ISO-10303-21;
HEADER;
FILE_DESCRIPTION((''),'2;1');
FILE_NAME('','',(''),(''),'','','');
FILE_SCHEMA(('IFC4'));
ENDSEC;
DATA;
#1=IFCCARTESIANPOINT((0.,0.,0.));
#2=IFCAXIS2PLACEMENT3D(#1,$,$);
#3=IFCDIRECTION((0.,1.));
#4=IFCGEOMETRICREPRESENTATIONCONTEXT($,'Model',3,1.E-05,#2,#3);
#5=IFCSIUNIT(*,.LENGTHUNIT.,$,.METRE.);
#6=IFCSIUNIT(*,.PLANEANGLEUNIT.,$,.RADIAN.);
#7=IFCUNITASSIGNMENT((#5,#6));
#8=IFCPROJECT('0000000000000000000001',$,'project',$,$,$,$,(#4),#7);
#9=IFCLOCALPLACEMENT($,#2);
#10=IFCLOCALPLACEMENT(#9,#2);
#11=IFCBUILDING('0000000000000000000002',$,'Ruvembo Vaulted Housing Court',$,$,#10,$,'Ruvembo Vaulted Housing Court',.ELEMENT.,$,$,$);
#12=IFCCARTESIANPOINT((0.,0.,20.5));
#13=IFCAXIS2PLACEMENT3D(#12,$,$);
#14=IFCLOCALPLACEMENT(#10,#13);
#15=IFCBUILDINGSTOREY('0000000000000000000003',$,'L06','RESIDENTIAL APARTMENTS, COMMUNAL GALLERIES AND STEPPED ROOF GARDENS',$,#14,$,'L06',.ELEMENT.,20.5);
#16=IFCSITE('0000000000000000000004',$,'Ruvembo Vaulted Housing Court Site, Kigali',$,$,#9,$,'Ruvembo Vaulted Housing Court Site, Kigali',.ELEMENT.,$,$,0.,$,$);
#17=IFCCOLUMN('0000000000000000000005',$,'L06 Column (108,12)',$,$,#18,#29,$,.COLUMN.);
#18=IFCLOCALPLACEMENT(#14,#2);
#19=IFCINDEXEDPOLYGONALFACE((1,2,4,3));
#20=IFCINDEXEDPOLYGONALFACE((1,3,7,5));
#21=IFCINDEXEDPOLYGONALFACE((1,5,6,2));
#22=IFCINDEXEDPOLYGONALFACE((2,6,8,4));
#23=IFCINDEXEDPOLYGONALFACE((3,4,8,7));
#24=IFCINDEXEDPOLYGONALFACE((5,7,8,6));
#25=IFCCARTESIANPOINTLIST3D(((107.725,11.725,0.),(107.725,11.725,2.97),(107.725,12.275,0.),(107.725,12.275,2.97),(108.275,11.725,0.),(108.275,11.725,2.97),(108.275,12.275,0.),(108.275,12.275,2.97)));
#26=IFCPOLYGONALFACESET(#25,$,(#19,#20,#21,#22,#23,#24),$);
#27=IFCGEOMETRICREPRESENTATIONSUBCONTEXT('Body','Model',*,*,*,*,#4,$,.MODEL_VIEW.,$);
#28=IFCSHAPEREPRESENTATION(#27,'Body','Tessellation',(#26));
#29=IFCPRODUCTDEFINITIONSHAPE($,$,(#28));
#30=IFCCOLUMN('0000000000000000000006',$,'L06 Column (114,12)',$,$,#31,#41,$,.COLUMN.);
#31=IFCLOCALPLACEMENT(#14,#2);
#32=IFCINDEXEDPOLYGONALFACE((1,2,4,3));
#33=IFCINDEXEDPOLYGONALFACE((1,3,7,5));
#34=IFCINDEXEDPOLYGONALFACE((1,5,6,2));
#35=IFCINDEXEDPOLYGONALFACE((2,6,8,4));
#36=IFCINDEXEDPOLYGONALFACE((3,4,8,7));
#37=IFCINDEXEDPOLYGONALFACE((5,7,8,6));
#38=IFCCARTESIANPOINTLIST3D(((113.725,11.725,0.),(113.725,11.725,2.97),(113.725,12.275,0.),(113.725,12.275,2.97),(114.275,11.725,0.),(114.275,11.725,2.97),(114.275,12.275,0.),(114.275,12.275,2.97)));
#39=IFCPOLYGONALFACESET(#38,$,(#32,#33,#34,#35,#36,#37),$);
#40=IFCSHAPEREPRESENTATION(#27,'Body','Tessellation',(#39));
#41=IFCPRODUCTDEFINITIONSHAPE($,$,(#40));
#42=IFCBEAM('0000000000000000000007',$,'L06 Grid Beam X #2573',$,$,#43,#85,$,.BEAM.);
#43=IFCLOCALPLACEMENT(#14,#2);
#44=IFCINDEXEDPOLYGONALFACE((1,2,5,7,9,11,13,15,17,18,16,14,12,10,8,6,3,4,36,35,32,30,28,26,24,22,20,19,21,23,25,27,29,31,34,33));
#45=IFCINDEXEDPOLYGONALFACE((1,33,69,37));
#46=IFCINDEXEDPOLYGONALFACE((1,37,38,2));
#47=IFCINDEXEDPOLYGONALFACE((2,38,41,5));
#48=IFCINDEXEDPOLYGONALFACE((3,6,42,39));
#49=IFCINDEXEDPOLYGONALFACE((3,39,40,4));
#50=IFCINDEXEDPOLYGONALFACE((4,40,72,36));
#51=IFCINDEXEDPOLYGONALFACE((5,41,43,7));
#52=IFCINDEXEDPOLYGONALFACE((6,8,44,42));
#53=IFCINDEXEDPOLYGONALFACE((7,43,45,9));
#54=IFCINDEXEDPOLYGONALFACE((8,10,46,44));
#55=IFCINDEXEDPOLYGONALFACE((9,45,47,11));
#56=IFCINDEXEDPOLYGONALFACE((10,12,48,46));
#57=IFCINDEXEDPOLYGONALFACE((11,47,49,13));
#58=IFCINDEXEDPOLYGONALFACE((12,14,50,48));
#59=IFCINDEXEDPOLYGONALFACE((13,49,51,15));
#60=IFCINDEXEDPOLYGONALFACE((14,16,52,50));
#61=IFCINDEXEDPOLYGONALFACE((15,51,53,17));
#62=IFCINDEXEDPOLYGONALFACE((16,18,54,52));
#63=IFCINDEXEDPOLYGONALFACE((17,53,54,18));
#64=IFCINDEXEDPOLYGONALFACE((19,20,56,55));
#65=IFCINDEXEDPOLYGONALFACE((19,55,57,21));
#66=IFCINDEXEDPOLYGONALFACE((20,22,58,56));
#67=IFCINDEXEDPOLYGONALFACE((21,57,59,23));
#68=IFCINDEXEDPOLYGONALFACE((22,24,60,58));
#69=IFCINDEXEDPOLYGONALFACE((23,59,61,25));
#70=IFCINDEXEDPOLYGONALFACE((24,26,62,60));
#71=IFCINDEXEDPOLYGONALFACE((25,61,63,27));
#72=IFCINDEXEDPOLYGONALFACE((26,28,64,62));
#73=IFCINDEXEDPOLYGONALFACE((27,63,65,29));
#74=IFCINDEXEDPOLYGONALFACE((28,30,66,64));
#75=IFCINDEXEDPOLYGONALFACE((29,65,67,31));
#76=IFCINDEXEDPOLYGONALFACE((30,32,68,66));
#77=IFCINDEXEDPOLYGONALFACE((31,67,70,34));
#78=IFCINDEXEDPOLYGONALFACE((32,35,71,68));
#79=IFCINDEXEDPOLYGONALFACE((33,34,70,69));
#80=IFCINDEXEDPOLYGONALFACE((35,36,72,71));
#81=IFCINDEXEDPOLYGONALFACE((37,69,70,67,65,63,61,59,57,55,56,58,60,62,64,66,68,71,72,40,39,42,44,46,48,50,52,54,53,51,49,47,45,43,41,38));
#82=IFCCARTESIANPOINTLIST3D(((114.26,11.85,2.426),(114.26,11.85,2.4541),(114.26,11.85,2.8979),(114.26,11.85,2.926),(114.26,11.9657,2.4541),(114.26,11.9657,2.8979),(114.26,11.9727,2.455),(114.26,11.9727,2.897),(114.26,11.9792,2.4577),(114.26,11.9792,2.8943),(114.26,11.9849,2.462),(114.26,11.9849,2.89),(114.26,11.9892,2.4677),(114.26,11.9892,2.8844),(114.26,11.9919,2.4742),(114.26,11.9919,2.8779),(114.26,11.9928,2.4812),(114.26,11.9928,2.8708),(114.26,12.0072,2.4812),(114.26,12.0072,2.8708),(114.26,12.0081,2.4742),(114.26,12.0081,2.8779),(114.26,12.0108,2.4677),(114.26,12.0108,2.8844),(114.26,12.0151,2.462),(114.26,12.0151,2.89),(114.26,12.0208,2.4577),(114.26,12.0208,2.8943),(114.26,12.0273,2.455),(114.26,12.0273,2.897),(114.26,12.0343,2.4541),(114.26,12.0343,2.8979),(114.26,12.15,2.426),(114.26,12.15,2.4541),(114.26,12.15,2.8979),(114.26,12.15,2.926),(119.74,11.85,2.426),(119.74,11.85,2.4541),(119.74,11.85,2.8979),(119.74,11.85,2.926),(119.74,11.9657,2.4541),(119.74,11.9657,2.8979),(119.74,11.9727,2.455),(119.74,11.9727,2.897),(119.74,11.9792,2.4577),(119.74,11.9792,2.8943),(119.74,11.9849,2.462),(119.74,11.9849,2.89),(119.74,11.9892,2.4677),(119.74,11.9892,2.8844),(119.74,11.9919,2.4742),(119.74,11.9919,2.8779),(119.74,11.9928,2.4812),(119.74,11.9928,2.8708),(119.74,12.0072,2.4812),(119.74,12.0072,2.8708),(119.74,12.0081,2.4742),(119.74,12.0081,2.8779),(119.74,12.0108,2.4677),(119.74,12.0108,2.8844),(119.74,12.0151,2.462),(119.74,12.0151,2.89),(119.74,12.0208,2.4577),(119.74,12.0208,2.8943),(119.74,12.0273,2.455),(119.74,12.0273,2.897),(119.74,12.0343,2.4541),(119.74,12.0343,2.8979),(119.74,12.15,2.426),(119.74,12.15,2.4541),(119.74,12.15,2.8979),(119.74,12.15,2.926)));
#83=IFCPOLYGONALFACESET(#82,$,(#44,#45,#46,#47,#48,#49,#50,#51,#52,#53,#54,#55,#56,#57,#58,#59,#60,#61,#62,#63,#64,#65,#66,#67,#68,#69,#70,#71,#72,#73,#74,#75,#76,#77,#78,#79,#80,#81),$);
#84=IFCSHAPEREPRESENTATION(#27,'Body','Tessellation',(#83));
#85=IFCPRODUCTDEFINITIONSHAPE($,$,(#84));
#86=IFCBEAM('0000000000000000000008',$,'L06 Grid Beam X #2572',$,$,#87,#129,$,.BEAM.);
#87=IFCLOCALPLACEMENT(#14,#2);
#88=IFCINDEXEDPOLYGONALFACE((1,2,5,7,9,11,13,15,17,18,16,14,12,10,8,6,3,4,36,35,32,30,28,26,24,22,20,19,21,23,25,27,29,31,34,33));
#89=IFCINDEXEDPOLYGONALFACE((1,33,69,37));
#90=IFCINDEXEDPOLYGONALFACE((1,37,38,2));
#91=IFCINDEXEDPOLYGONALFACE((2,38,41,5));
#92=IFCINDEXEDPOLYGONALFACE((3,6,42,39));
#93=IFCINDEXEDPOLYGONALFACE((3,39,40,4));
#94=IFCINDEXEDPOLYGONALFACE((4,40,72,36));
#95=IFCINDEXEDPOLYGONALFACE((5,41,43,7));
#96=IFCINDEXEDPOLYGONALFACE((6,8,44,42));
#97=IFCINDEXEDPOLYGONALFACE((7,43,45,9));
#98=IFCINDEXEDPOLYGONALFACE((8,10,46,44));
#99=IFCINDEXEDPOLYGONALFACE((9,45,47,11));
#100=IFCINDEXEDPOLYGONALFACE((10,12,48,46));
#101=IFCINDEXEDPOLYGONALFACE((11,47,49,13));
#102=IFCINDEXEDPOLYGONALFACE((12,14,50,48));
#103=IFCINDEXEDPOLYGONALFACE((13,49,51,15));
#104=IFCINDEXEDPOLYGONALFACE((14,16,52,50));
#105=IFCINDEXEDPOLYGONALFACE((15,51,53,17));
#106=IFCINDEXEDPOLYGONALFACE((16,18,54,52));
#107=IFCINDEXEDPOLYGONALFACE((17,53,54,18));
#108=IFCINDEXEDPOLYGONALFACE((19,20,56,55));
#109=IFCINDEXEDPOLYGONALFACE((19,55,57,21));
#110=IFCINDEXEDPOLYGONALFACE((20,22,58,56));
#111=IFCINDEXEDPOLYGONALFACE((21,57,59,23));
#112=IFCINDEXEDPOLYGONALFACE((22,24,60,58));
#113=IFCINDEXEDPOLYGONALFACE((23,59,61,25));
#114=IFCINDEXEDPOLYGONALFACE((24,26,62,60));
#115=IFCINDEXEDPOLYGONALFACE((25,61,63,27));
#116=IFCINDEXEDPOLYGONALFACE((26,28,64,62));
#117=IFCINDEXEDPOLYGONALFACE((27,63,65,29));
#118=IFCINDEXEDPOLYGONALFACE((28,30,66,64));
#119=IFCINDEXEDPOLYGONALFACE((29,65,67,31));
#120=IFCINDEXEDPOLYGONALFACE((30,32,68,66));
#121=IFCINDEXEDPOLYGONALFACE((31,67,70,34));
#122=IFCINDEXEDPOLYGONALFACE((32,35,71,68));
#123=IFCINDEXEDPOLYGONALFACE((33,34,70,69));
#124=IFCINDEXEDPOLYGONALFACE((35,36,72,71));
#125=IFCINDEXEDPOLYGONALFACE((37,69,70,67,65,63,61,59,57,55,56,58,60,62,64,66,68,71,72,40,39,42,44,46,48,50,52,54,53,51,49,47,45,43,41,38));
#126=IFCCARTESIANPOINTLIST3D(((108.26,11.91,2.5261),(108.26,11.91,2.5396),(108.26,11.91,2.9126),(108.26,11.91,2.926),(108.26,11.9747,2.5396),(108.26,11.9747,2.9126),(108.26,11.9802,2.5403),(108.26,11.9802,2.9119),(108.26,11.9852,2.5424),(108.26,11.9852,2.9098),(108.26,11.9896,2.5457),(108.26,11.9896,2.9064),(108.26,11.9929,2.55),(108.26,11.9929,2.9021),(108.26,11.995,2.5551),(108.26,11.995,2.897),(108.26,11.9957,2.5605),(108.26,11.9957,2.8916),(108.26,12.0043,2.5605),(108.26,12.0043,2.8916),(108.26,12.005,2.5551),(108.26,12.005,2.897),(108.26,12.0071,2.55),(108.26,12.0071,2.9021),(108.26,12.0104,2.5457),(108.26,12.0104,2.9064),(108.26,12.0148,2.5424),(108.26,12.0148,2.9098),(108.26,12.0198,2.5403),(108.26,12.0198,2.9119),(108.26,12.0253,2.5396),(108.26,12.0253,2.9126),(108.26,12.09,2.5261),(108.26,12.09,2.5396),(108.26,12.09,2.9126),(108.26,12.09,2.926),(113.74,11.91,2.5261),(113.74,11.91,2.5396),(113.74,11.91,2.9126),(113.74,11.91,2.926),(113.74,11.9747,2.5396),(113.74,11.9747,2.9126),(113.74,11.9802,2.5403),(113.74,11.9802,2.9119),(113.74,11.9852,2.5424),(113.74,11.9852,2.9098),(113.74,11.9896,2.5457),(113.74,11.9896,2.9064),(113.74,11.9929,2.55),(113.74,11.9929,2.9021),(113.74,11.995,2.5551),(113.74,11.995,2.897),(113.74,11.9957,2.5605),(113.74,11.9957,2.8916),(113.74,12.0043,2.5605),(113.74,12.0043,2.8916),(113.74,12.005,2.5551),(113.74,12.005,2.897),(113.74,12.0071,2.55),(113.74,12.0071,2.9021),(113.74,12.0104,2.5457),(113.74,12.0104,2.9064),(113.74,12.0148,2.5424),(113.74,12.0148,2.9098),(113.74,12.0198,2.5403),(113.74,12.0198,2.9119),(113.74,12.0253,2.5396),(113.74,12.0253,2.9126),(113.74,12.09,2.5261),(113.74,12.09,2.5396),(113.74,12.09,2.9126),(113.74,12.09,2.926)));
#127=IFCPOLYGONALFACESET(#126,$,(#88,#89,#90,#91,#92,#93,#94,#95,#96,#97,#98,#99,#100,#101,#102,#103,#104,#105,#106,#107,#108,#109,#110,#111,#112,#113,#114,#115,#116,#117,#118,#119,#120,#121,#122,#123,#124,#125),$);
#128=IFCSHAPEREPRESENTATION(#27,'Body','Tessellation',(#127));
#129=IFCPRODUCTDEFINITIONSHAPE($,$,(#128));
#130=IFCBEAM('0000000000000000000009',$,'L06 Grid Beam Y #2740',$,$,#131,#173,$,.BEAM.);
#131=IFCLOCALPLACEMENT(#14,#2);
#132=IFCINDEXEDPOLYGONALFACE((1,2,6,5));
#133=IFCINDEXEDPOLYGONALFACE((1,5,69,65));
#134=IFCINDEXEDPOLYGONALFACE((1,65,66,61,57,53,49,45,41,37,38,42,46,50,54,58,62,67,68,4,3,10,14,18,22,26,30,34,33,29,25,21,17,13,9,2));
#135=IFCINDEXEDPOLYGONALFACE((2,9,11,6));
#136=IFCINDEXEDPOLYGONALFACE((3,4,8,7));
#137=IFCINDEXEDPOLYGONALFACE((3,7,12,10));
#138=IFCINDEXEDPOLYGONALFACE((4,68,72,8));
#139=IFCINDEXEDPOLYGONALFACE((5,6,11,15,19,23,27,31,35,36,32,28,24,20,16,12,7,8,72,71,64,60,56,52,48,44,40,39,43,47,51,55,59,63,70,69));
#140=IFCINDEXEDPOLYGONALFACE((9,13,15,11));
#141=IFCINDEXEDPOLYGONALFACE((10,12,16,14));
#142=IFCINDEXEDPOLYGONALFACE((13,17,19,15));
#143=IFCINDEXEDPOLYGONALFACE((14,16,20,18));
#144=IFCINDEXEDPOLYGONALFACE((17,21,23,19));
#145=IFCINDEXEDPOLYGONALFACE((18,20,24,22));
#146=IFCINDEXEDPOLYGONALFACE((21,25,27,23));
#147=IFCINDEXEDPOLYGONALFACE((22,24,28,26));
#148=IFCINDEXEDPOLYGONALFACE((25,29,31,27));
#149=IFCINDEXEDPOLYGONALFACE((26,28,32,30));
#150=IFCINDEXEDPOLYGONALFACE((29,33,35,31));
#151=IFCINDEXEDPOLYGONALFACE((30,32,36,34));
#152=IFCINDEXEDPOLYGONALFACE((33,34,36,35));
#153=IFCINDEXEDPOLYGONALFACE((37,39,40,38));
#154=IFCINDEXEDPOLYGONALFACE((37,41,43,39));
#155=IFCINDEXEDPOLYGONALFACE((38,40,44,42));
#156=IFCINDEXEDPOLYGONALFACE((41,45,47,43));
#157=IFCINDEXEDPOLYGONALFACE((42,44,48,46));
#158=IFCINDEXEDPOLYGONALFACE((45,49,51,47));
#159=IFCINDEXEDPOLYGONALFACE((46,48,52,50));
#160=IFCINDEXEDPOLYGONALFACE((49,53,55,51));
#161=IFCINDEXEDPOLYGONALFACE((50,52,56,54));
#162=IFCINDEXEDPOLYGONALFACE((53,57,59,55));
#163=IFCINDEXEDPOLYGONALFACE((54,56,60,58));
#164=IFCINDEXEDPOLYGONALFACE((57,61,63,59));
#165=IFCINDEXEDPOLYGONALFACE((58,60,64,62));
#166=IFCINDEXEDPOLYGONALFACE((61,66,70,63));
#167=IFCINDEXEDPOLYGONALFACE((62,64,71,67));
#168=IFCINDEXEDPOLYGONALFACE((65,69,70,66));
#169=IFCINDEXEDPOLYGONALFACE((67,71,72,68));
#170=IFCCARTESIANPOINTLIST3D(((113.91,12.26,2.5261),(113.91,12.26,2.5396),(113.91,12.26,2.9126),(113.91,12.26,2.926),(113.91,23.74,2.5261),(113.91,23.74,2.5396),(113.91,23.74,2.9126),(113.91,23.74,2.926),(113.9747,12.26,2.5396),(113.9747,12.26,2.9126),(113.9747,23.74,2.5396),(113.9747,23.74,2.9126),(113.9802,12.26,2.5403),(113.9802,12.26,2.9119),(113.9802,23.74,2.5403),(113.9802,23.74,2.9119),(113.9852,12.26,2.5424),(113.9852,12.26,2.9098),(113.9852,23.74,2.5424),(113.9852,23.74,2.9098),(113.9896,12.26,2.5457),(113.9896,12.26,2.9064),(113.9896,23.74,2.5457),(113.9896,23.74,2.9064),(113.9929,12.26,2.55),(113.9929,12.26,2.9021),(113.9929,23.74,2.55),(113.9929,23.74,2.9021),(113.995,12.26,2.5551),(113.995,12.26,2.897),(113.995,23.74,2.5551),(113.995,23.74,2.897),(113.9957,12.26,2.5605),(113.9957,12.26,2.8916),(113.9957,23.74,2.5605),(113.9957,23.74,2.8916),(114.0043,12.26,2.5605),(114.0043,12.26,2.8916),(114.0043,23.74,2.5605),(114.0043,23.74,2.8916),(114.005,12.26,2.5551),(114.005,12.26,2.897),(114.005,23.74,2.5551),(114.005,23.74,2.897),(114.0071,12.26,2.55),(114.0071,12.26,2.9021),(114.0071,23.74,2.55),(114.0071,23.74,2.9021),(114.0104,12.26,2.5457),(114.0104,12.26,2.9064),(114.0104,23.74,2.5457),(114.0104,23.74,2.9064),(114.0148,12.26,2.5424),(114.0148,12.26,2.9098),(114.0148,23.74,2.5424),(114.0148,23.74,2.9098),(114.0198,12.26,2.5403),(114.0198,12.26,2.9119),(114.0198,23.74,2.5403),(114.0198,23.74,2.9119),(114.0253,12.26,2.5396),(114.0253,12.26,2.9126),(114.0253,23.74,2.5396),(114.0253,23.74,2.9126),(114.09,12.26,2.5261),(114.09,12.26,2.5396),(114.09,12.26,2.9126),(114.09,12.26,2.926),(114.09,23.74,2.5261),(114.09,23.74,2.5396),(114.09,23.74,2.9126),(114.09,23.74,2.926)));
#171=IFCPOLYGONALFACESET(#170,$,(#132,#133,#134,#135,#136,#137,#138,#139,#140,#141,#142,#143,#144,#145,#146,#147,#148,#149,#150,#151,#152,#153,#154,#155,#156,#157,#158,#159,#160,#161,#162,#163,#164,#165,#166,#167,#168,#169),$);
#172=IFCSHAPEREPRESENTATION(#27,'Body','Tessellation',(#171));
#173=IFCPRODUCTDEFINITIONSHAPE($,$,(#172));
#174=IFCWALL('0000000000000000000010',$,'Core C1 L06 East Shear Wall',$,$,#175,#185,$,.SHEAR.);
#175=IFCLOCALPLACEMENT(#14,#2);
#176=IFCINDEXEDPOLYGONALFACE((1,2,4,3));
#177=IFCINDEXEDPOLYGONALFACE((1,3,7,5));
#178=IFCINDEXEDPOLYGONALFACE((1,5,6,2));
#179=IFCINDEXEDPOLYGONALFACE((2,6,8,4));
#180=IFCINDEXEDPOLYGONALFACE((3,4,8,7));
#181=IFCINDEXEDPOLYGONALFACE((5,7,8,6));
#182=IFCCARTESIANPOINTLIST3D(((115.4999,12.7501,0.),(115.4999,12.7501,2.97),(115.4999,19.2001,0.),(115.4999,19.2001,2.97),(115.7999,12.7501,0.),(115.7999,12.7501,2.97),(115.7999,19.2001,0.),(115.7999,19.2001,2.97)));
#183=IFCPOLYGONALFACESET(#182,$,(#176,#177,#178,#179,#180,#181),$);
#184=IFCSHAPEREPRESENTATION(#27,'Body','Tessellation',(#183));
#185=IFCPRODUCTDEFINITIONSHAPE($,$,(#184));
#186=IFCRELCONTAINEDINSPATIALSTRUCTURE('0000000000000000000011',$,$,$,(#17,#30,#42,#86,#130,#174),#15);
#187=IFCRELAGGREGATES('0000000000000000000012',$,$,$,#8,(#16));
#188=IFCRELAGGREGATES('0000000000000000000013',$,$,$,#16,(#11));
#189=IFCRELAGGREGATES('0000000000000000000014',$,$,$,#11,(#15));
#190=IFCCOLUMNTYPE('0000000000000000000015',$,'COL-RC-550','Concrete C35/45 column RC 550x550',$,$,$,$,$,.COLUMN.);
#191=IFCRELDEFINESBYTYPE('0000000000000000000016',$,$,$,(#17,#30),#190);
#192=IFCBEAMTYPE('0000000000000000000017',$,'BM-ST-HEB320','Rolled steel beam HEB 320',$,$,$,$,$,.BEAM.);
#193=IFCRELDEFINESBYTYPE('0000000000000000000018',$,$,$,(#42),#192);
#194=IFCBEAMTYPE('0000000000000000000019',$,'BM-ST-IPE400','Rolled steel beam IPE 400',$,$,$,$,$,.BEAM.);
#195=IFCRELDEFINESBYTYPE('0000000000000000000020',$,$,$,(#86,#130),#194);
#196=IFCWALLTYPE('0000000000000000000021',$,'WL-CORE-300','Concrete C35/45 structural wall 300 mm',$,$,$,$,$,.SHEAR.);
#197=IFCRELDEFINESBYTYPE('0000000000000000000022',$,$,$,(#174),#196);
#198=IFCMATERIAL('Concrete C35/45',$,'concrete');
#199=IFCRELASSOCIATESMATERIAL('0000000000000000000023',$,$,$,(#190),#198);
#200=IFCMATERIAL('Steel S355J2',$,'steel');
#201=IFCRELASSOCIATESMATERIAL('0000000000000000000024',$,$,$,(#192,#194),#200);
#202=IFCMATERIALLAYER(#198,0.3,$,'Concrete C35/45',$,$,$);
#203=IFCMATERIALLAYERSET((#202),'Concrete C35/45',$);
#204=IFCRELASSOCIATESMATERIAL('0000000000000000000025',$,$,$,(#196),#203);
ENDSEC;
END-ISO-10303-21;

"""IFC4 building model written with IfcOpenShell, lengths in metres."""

from ifc_helpers import new_model, si_unit, direction, frame, frame_2d, origin, origin_2d, place, context, subcontext, project, spatial, rectangle, i_section, extrude, material, layer, layer_set, material_profile, profile_set, type_object, element, save


model = new_model("IFC4")

# Units and contexts
model_context = context("Model", 3, precision=1e-05, world=origin(), true_north=direction((0.0, 1.0)))
body_context = subcontext(model_context, "Body", "Model", "MODEL_VIEW")
ifc_project = project(units=[si_unit("LENGTHUNIT", "METRE"), si_unit("PLANEANGLEUNIT", "RADIAN")], contexts=[model_context])

# Site, building, storey
site_placement = place(None, origin())
site = spatial("IfcSite", under=ifc_project, at=site_placement, Name="Ruvembo Vaulted Housing Court Site, Kigali", LongName="Ruvembo Vaulted Housing Court Site, Kigali", CompositionType="ELEMENT", RefElevation=0.0)
building_placement = place(site_placement, origin())
building = spatial("IfcBuilding", under=site, at=building_placement, Name="Ruvembo Vaulted Housing Court", LongName="Ruvembo Vaulted Housing Court", CompositionType="ELEMENT")
storey_placement = place(building_placement, frame((0.0, 0.0, 20.5)))
storey = spatial("IfcBuildingStorey", under=building, at=storey_placement, Name="L06", Description="RESIDENTIAL APARTMENTS, COMMUNAL GALLERIES AND STEPPED ROOF GARDENS", LongName="L06", CompositionType="ELEMENT", Elevation=20.5)

# Columns
ifc_material_1 = material(Name="Concrete C35/45", Category="concrete")
ifc_material_profile_1 = material_profile(ifc_material_1, rectangle(XDim=0.55, YDim=0.55, at=origin_2d()), Name="RC 550x550")
ifc_profile_set_1 = profile_set([ifc_material_profile_1], Name="Concrete C35/45")
column_type = type_object("IfcColumnType", Name="COL-RC-550", Description="Concrete C35/45 column RC 550x550", PredefinedType="COLUMN", material=ifc_profile_set_1)
for number, where, z_axis, x_axis, name in (
    (1, (108.0, 12.0, 0.0), (0.0, 0.0, 1.0), (1.0, 0.0, 0.0), "L06 Column (108,12)"),
    (2, (114.0, 12.0, 0.0), (0.0, 0.0, 1.0), (1.0, 0.0, 0.0), "L06 Column (114,12)"),
):
    element("IfcColumn", number, at=place(storey_placement, frame(where, z_axis=z_axis, x_axis=x_axis)), inside=storey, type_object=column_type, Name=name, PredefinedType="COLUMN", context=body_context, shape_type="SweptSolid", body=[
        extrude(rectangle(XDim=0.55, YDim=0.55, at=origin_2d()), origin(), (0.0, 0.0, 1.0), 2.97),
    ])

# Beams
ifc_material_2 = material(Name="Steel S355J2", Category="steel")
ifc_material_profile_2 = material_profile(ifc_material_2, i_section(OverallWidth=0.3, OverallDepth=0.5, WebThickness=0.0144, FlangeThickness=0.0281, FilletRadius=0.0271, at=origin_2d()), Name="HEB 320")
ifc_profile_set_2 = profile_set([ifc_material_profile_2], Name="Steel S355J2")
beam_type_1 = type_object("IfcBeamType", Name="BM-ST-HEB320", Description="Rolled steel beam HEB 320", PredefinedType="BEAM", material=ifc_profile_set_2)
beam_1_placement = place(storey_placement, frame((114.26, 12.0, 2.676), z_axis=(1.0, 0.0, 0.0), x_axis=(0.0, 1.0, 0.0)))
element("IfcBeam", 3, at=beam_1_placement, inside=storey, type_object=beam_type_1, Name="L06 Grid Beam X #2573", PredefinedType="BEAM", context=body_context, shape_type="SweptSolid", body=[
    extrude(i_section(OverallWidth=0.3, OverallDepth=0.5, WebThickness=0.0144, FlangeThickness=0.0281, FilletRadius=0.0271, at=origin_2d()), origin(), (0.0, 0.0, 1.0), 5.48),
])
ifc_material_profile_3 = material_profile(ifc_material_2, i_section(OverallWidth=0.1799, OverallDepth=0.3999, WebThickness=0.0085, FlangeThickness=0.0134, FilletRadius=0.021, at=origin_2d()), Name="IPE 400")
ifc_profile_set_3 = profile_set([ifc_material_profile_3], Name="Steel S355J2")
beam_type_2 = type_object("IfcBeamType", Name="BM-ST-IPE400", Description="Rolled steel beam IPE 400", PredefinedType="BEAM", material=ifc_profile_set_3)
beam_2_placement = place(storey_placement, frame((108.26, 12.0, 2.7261), z_axis=(1.0, 0.0, 0.0), x_axis=(0.0, 1.0, 0.0)))
element("IfcBeam", 4, at=beam_2_placement, inside=storey, type_object=beam_type_2, Name="L06 Grid Beam X #2572", PredefinedType="BEAM", context=body_context, shape_type="SweptSolid", body=[
    extrude(i_section(OverallWidth=0.1799, OverallDepth=0.3999, WebThickness=0.0085, FlangeThickness=0.0134, FilletRadius=0.021, at=origin_2d()), origin(), (0.0, 0.0, 1.0), 5.48),
])
beam_3_placement = place(storey_placement, frame((114.0, 12.26, 2.7261), z_axis=(0.0, 1.0, 0.0), x_axis=(-1.0, 0.0, 0.0)))
element("IfcBeam", 5, at=beam_3_placement, inside=storey, type_object=beam_type_2, Name="L06 Grid Beam Y #2740", PredefinedType="BEAM", context=body_context, shape_type="SweptSolid", body=[
    extrude(i_section(OverallWidth=0.1799, OverallDepth=0.3999, WebThickness=0.0085, FlangeThickness=0.0134, FilletRadius=0.021, at=origin_2d()), origin(), (0.0, 0.0, 1.0), 11.48),
])

# Shared definitions
ifc_layer_1 = layer(ifc_material_1, 0.3, Name="Concrete C35/45")
ifc_layer_set_1 = layer_set([ifc_layer_1], Name="Concrete C35/45")
wall_type_1 = type_object("IfcWallType", Name="WL-CORE-300", Description="Concrete C35/45 structural wall 300 mm", PredefinedType="SHEAR", material=ifc_layer_set_1)

# Wall
wall_1_placement = place(storey_placement, frame((115.6499, 12.75, 0.0), z_axis=(0.0, 0.0, 1.0), x_axis=(0.0, 1.0, 0.0)))
element("IfcWall", 6, at=wall_1_placement, inside=storey, type_object=wall_type_1, Name="Core C1 L06 East Shear Wall", PredefinedType="SHEAR", context=body_context, shape_type="SweptSolid", body=[
    extrude(rectangle(XDim=6.45, YDim=0.3, at=frame_2d((3.2251, 0.0))), origin(), (0.0, 0.0, 1.0), 2.97),
])

save(model, "model.ifc")
